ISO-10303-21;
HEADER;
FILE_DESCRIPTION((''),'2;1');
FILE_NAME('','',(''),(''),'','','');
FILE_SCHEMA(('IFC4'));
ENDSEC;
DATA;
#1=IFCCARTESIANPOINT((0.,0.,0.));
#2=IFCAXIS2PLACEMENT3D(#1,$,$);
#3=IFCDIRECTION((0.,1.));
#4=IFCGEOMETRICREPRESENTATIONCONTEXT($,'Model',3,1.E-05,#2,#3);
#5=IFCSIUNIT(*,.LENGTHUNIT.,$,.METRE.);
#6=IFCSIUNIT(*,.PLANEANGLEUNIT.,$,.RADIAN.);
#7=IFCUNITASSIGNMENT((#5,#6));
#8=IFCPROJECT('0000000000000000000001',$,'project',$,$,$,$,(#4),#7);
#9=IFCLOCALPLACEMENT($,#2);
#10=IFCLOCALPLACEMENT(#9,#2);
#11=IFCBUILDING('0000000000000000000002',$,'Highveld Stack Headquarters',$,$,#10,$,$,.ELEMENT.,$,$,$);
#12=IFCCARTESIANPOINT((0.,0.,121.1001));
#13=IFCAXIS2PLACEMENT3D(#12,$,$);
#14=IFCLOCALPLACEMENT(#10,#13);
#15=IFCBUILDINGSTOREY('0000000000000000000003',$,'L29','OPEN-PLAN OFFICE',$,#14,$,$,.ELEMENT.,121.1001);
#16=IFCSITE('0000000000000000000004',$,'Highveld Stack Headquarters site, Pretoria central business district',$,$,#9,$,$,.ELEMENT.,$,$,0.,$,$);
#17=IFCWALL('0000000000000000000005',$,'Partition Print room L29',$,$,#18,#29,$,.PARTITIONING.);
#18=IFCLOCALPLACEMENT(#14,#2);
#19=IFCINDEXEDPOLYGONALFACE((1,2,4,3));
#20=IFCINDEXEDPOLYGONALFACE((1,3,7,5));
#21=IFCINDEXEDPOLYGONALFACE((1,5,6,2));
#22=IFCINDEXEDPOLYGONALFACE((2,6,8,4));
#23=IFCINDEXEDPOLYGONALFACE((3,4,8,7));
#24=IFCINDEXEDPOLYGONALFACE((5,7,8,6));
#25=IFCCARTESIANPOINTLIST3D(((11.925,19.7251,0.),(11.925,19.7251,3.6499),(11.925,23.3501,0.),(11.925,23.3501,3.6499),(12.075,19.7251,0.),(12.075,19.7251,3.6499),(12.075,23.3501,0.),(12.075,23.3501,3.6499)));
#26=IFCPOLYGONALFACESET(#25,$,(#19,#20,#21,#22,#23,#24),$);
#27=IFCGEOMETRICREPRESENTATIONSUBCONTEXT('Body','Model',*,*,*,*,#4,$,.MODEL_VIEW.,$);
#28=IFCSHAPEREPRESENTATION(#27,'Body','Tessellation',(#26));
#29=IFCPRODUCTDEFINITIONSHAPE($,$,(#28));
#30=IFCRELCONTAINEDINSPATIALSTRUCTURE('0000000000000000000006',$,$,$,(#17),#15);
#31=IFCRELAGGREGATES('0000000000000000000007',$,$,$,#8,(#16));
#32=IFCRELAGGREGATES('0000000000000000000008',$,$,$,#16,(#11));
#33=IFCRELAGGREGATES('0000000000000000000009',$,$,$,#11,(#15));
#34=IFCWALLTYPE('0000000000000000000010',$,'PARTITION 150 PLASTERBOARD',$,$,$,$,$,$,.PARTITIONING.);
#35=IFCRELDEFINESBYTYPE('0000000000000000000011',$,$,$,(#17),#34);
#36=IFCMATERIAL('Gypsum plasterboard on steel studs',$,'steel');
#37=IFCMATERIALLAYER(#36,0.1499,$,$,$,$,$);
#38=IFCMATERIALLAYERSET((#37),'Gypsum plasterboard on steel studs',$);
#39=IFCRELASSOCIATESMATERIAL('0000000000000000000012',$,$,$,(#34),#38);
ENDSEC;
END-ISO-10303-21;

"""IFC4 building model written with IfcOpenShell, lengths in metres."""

from ifc_helpers import new_model, si_unit, direction, frame, frame_2d, origin, place, context, subcontext, project, spatial, rectangle, extrude, material, layer, layer_set, type_object, element, save


model = new_model("IFC4")

# Units and contexts
model_context = context("Model", 3, precision=1e-05, world=origin(), true_north=direction((0.0, 1.0)))
body_context = subcontext(model_context, "Body", "Model", "MODEL_VIEW")
ifc_project = project(units=[si_unit("LENGTHUNIT", "METRE"), si_unit("PLANEANGLEUNIT", "RADIAN")], contexts=[model_context])

# Site, building, storey
site_placement = place(None, origin())
site = spatial("IfcSite", under=ifc_project, at=site_placement, Name="Highveld Stack Headquarters site, Pretoria central business district", CompositionType="ELEMENT", RefElevation=0.0)
building_placement = place(site_placement, origin())
building = spatial("IfcBuilding", under=site, at=building_placement, Name="Highveld Stack Headquarters", CompositionType="ELEMENT")
storey_placement = place(building_placement, frame((0.0, 0.0, 121.1001)))
storey = spatial("IfcBuildingStorey", under=building, at=storey_placement, Name="L29", Description="OPEN-PLAN OFFICE", CompositionType="ELEMENT", Elevation=121.1001)

# Shared definitions
ifc_material_1 = material(Name="Gypsum plasterboard on steel studs", Category="steel")
ifc_layer = layer(ifc_material_1, 0.1499)
ifc_layer_set = layer_set([ifc_layer], Name="Gypsum plasterboard on steel studs")
wall_type = type_object("IfcWallType", Name="PARTITION 150 PLASTERBOARD", PredefinedType="PARTITIONING", material=ifc_layer_set)

# Wall
wall_1_placement = place(storey_placement, frame((12.0, 19.7251, 0.0), z_axis=(0.0, 0.0, 1.0), x_axis=(0.0, 1.0, 0.0)))
element("IfcWall", 1, at=wall_1_placement, inside=storey, type_object=wall_type, Name="Partition Print room L29", PredefinedType="PARTITIONING", context=body_context, shape_type="SweptSolid", body=[
    extrude(rectangle(XDim=3.625, YDim=0.1499, at=frame_2d((1.8125, 0.0))), origin(), (0.0, 0.0, 1.0), 3.6499),
])

save(model, "model.ifc")
